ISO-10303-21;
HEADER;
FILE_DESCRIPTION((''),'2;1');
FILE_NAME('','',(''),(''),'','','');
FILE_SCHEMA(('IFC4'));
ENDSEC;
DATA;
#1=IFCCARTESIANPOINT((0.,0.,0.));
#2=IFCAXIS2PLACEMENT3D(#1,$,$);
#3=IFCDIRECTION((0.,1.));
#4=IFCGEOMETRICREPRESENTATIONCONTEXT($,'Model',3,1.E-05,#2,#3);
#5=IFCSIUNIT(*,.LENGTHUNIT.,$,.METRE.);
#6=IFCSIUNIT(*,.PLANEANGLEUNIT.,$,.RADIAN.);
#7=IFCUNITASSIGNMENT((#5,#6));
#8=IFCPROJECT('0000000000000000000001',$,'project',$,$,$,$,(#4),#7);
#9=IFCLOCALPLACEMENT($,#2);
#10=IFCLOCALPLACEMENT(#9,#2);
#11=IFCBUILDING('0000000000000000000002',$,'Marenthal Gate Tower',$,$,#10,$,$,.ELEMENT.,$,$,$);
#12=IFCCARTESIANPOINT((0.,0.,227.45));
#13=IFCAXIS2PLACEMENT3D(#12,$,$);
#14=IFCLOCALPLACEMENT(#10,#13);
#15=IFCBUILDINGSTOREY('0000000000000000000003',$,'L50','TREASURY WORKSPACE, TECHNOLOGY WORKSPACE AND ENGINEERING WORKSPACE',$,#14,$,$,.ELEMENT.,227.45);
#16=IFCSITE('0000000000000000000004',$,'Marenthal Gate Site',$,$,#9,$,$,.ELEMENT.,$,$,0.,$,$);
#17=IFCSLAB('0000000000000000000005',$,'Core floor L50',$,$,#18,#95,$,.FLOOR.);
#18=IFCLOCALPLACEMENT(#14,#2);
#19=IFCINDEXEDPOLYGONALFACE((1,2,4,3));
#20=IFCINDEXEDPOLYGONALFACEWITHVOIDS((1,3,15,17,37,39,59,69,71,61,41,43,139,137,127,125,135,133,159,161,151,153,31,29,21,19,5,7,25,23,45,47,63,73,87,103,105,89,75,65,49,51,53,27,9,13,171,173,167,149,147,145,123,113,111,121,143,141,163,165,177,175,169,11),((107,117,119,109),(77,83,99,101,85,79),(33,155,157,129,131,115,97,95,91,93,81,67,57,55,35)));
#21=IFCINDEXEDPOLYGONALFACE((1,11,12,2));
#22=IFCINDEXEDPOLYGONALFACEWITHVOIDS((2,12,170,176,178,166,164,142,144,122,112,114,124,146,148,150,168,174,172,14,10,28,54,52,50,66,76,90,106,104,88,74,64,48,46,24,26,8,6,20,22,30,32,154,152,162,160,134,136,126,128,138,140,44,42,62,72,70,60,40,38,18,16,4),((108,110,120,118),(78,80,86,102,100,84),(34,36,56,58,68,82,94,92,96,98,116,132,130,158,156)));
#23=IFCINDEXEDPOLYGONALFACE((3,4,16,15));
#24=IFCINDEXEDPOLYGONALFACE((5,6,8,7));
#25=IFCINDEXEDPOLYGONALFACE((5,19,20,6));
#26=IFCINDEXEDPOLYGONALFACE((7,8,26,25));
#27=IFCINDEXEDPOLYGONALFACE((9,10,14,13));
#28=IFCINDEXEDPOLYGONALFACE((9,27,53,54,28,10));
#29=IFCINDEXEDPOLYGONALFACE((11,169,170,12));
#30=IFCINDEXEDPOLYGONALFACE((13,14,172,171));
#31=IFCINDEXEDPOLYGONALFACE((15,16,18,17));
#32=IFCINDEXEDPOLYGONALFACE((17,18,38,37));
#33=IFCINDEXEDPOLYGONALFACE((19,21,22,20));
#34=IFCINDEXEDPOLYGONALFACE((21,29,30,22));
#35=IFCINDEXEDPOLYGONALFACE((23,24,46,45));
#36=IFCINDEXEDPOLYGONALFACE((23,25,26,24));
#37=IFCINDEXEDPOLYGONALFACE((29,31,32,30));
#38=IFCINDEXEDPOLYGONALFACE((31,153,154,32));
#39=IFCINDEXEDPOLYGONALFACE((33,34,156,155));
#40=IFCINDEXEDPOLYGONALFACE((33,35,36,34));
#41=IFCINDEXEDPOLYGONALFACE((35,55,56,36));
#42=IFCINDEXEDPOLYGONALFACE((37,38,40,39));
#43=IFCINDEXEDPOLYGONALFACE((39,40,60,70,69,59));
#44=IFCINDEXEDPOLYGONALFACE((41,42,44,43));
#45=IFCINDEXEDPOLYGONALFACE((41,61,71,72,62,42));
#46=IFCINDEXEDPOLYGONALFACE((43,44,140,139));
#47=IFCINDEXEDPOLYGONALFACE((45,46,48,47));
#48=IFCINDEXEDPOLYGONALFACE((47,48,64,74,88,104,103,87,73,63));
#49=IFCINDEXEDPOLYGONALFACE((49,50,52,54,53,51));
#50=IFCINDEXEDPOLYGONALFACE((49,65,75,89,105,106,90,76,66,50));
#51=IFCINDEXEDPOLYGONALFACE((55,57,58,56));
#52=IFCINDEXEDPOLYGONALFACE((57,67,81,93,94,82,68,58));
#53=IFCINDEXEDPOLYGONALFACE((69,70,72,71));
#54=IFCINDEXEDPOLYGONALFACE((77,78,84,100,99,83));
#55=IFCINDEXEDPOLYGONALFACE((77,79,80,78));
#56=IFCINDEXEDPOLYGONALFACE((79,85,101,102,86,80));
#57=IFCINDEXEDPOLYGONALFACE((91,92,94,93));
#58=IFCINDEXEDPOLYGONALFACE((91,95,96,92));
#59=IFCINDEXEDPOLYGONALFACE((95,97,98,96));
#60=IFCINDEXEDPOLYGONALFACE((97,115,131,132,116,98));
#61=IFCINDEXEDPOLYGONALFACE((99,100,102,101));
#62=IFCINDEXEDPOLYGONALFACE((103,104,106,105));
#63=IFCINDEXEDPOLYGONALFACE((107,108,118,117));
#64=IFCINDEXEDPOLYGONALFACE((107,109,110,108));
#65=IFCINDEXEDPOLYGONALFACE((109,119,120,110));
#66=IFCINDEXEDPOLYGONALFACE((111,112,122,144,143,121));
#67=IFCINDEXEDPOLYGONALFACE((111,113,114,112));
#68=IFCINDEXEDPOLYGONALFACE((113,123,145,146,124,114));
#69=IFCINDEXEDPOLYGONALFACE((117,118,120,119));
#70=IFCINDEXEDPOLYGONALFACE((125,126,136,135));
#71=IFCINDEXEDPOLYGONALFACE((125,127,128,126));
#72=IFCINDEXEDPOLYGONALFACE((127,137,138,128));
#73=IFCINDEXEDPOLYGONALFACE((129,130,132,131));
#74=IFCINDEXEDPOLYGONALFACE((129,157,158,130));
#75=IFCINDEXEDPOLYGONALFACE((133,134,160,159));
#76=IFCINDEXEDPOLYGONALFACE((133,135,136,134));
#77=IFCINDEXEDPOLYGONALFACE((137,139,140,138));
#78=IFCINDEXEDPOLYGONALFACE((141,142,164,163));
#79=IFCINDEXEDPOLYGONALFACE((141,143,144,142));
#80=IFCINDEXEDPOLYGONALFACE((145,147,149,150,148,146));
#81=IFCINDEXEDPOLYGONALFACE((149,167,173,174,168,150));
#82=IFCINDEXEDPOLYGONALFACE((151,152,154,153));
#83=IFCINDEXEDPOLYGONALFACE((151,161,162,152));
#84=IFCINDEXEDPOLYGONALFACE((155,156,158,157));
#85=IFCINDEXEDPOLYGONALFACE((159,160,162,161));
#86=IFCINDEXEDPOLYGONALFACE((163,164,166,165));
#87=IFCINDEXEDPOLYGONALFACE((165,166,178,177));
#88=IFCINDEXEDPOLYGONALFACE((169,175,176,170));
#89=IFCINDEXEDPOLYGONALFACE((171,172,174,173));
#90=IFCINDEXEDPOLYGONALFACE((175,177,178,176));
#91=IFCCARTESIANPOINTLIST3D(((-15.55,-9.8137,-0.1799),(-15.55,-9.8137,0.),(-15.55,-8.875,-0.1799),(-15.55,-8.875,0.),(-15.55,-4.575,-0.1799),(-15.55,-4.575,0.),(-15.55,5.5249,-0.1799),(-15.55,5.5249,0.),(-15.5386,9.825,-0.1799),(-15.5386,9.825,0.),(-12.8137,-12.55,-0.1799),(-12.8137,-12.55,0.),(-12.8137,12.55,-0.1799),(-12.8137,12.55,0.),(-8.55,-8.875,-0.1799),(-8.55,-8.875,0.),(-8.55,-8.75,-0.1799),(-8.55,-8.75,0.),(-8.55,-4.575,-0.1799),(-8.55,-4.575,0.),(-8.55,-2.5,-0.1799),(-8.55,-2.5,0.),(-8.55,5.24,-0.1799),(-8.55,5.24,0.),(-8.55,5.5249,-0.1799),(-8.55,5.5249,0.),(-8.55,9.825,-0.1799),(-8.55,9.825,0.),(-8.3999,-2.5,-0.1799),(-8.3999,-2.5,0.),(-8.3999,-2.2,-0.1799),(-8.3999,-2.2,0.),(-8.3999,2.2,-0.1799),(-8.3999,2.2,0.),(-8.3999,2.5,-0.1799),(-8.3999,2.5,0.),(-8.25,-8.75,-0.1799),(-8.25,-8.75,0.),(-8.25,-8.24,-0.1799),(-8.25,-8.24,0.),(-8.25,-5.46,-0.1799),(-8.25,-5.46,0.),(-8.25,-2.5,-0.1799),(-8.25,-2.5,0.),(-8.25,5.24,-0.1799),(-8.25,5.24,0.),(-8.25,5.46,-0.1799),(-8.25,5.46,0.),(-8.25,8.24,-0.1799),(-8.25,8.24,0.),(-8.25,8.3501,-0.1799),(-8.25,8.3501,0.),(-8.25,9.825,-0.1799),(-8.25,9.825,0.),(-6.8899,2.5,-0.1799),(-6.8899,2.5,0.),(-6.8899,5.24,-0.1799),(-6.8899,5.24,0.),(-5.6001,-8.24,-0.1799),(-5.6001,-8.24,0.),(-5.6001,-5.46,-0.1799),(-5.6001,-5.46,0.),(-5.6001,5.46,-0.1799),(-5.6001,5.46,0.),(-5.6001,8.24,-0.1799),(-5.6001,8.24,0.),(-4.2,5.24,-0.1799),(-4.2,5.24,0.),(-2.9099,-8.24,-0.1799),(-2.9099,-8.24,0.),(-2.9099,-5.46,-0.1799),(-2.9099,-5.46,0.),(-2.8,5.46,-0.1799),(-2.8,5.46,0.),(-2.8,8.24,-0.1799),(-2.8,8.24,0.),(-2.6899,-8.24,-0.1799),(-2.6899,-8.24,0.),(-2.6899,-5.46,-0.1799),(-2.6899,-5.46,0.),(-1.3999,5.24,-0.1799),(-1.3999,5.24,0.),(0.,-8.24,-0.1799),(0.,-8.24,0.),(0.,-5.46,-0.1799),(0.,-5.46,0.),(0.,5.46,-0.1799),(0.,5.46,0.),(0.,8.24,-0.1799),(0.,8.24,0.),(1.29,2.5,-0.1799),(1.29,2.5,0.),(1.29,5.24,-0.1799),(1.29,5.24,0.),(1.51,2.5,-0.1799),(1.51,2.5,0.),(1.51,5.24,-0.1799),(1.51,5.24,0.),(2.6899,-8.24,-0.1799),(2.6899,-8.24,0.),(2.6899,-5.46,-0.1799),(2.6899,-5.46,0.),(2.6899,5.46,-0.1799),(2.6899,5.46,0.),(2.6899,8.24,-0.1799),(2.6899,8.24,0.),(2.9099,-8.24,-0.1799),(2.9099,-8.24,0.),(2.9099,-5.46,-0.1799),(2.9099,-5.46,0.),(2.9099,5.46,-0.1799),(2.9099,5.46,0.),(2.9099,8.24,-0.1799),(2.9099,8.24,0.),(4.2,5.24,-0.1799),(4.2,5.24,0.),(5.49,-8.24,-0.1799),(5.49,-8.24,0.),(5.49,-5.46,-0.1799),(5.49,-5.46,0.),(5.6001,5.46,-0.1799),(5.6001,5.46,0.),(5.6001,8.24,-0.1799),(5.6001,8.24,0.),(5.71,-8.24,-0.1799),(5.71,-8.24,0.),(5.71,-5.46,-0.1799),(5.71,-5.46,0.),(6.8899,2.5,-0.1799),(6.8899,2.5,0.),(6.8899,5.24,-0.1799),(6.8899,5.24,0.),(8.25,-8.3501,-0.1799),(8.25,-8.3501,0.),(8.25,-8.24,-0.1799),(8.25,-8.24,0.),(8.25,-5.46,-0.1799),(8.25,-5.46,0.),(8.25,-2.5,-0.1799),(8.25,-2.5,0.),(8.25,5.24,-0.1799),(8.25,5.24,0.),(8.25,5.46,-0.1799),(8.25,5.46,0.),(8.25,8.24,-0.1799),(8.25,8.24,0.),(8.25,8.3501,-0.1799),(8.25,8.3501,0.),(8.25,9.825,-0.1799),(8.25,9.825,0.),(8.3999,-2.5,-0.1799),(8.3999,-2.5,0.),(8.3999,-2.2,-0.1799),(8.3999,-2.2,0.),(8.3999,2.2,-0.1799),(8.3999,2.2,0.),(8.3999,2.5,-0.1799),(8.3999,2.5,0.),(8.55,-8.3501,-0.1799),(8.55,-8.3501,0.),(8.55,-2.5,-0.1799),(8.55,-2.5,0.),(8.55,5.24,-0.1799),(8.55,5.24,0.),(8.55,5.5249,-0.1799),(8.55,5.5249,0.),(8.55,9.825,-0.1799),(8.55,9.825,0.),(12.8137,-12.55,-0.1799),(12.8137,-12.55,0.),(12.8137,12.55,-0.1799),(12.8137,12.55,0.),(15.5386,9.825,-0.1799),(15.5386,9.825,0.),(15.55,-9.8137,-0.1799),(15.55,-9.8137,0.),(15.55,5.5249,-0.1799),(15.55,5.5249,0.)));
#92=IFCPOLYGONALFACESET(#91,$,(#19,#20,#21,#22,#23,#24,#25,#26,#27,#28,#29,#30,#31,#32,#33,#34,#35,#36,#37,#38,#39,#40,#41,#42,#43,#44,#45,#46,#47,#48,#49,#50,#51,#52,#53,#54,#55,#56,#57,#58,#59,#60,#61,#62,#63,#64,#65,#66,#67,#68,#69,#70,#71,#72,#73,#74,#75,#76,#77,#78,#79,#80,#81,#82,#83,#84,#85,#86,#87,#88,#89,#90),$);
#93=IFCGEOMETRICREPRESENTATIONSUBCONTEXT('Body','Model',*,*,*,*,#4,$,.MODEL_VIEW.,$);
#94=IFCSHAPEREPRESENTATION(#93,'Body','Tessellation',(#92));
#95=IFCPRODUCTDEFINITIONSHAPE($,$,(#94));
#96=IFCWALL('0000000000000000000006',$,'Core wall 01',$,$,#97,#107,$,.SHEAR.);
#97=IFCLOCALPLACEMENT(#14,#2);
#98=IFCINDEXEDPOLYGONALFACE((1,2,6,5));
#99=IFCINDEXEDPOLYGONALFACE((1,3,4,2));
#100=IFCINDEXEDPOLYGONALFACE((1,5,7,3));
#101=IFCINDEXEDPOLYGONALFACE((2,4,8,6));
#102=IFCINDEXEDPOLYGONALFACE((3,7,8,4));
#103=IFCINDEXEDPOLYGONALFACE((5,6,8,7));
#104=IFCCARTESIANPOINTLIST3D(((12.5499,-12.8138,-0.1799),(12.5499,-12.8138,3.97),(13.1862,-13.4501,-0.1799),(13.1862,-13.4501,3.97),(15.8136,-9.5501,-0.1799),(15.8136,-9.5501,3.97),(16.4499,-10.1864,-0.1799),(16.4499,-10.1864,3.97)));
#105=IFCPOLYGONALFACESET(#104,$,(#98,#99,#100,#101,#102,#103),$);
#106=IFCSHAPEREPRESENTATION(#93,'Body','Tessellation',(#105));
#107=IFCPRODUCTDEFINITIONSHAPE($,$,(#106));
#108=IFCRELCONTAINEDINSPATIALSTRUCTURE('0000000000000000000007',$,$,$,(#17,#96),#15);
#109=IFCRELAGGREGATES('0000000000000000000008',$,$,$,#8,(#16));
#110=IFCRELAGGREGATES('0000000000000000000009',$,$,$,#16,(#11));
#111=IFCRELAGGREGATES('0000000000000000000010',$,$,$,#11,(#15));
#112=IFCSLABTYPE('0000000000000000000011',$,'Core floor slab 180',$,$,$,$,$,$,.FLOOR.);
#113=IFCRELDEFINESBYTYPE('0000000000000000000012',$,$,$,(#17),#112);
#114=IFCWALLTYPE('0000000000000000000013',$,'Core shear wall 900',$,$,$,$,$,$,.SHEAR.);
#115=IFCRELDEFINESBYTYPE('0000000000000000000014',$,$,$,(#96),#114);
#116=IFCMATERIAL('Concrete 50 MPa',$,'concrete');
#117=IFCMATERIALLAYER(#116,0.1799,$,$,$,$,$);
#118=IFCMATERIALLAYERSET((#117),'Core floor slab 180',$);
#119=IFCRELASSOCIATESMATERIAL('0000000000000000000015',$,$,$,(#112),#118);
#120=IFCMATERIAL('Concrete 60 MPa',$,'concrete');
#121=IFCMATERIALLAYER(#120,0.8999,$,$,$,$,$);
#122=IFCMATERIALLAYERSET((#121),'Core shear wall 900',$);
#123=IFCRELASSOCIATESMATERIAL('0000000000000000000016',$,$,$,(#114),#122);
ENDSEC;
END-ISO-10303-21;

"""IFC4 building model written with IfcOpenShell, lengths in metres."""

from ifc_helpers import new_model, si_unit, direction, frame, frame_2d, origin, place, context, subcontext, project, spatial, polyline, rectangle, outline, extrude, material, layer, layer_set, type_object, element, save


model = new_model("IFC4")

# Units and contexts
model_context = context("Model", 3, precision=1e-05, world=origin(), true_north=direction((0.0, 1.0)))
body_context = subcontext(model_context, "Body", "Model", "MODEL_VIEW")
ifc_project = project(units=[si_unit("LENGTHUNIT", "METRE"), si_unit("PLANEANGLEUNIT", "RADIAN")], contexts=[model_context])

# Site, building, storey
site_placement = place(None, origin())
site = spatial("IfcSite", under=ifc_project, at=site_placement, Name="Marenthal Gate Site", CompositionType="ELEMENT", RefElevation=0.0)
building_placement = place(site_placement, origin())
building = spatial("IfcBuilding", under=site, at=building_placement, Name="Marenthal Gate Tower", CompositionType="ELEMENT")
storey_placement = place(building_placement, frame((0.0, 0.0, 227.45)))
storey = spatial("IfcBuildingStorey", under=building, at=storey_placement, Name="L50", Description="TREASURY WORKSPACE, TECHNOLOGY WORKSPACE AND ENGINEERING WORKSPACE", CompositionType="ELEMENT", Elevation=227.45)

# Slab
ifc_material_1 = material(Name="Concrete 50 MPa", Category="concrete")
ifc_layer_1 = layer(ifc_material_1, 0.1799)
ifc_layer_set_1 = layer_set([ifc_layer_1], Name="Core floor slab 180")
slab_type_1 = type_object("IfcSlabType", Name="Core floor slab 180", PredefinedType="FLOOR", material=ifc_layer_set_1)
slab_1_placement = place(storey_placement, frame((0.0, 0.0, -0.1799)))
element("IfcSlab", 1, at=slab_1_placement, inside=storey, type_object=slab_type_1, Name="Core floor L50", PredefinedType="FLOOR", context=body_context, shape_type="SweptSolid", body=[
    extrude(outline(polyline([(12.8137, -12.55), (-12.8137, -12.55), (-15.55, -9.8137), (-15.55, -8.875), (-8.55, -8.875), (-8.55, -8.75), (-8.25, -8.75), (-8.25, -8.24), (-5.6001, -8.24), (-2.9099, -8.24), (-2.9099, -5.46), (-5.6001, -5.46), (-8.25, -5.46), (-8.25, -2.5), (8.25, -2.5), (8.25, -5.46), (5.71, -5.46), (5.71, -8.24), (8.25, -8.24), (8.25, -8.3501), (8.55, -8.3501), (8.55, -2.5), (8.3999, -2.5), (8.3999, -2.2), (-8.3999, -2.2), (-8.3999, -2.5), (-8.55, -2.5), (-8.55, -4.575), (-15.55, -4.575), (-15.55, 5.5249), (-8.55, 5.5249), (-8.55, 5.24), (-8.25, 5.24), (-8.25, 5.46), (-5.6001, 5.46), (-2.8, 5.46), (0.0, 5.46), (2.6899, 5.46), (2.6899, 8.24), (0.0, 8.24), (-2.8, 8.24), (-5.6001, 8.24), (-8.25, 8.24), (-8.25, 8.3501), (-8.25, 9.825), (-8.55, 9.825), (-15.5386, 9.825), (-12.8137, 12.55), (12.8137, 12.55), (15.5386, 9.825), (8.55, 9.825), (8.25, 9.825), (8.25, 8.3501), (8.25, 8.24), (5.6001, 8.24), (2.9099, 8.24), (2.9099, 5.46), (5.6001, 5.46), (8.25, 5.46), (8.25, 5.24), (8.55, 5.24), (8.55, 5.5249), (15.55, 5.5249), (15.55, -9.8137), (12.8137, -12.55)]), holes=[polyline([(2.6899, -8.24), (2.6899, -5.46), (0.0, -5.46), (-2.6899, -5.46), (-2.6899, -8.24), (0.0, -8.24), (2.6899, -8.24)]), polyline([(-6.8899, 5.24), (-6.8899, 2.5), (-8.3999, 2.5), (-8.3999, 2.2), (8.3999, 2.2), (8.3999, 2.5), (6.8899, 2.5), (6.8899, 5.24), (4.2, 5.24), (1.51, 5.24), (1.51, 2.5), (1.29, 2.5), (1.29, 5.24), (-1.3999, 5.24), (-4.2, 5.24), (-6.8899, 5.24)]), polyline([(5.49, -8.24), (5.49, -5.46), (2.9099, -5.46), (2.9099, -8.24), (5.49, -8.24)])]), origin(), (0.0, 0.0, 1.0), 0.1799),
])

# Wall
ifc_material_2 = material(Name="Concrete 60 MPa", Category="concrete")
ifc_layer_2 = layer(ifc_material_2, 0.8999)
ifc_layer_set_2 = layer_set([ifc_layer_2], Name="Core shear wall 900")
wall_type_1 = type_object("IfcWallType", Name="Core shear wall 900", PredefinedType="SHEAR", material=ifc_layer_set_2)
wall_1_placement = place(storey_placement, frame((12.8682, -13.1318, -0.1799), z_axis=(0.0, 0.0, 1.0), x_axis=(0.707107, 0.707107, 0.0)))
element("IfcWall", 2, at=wall_1_placement, inside=storey, type_object=wall_type_1, Name="Core wall 01", PredefinedType="SHEAR", context=body_context, shape_type="SweptSolid", body=[
    extrude(rectangle(XDim=4.6155, YDim=0.8999, at=frame_2d((2.3076, 0.0))), origin(), (0.0, 0.0, 1.0), 4.1499),
])

save(model, "model.ifc")
